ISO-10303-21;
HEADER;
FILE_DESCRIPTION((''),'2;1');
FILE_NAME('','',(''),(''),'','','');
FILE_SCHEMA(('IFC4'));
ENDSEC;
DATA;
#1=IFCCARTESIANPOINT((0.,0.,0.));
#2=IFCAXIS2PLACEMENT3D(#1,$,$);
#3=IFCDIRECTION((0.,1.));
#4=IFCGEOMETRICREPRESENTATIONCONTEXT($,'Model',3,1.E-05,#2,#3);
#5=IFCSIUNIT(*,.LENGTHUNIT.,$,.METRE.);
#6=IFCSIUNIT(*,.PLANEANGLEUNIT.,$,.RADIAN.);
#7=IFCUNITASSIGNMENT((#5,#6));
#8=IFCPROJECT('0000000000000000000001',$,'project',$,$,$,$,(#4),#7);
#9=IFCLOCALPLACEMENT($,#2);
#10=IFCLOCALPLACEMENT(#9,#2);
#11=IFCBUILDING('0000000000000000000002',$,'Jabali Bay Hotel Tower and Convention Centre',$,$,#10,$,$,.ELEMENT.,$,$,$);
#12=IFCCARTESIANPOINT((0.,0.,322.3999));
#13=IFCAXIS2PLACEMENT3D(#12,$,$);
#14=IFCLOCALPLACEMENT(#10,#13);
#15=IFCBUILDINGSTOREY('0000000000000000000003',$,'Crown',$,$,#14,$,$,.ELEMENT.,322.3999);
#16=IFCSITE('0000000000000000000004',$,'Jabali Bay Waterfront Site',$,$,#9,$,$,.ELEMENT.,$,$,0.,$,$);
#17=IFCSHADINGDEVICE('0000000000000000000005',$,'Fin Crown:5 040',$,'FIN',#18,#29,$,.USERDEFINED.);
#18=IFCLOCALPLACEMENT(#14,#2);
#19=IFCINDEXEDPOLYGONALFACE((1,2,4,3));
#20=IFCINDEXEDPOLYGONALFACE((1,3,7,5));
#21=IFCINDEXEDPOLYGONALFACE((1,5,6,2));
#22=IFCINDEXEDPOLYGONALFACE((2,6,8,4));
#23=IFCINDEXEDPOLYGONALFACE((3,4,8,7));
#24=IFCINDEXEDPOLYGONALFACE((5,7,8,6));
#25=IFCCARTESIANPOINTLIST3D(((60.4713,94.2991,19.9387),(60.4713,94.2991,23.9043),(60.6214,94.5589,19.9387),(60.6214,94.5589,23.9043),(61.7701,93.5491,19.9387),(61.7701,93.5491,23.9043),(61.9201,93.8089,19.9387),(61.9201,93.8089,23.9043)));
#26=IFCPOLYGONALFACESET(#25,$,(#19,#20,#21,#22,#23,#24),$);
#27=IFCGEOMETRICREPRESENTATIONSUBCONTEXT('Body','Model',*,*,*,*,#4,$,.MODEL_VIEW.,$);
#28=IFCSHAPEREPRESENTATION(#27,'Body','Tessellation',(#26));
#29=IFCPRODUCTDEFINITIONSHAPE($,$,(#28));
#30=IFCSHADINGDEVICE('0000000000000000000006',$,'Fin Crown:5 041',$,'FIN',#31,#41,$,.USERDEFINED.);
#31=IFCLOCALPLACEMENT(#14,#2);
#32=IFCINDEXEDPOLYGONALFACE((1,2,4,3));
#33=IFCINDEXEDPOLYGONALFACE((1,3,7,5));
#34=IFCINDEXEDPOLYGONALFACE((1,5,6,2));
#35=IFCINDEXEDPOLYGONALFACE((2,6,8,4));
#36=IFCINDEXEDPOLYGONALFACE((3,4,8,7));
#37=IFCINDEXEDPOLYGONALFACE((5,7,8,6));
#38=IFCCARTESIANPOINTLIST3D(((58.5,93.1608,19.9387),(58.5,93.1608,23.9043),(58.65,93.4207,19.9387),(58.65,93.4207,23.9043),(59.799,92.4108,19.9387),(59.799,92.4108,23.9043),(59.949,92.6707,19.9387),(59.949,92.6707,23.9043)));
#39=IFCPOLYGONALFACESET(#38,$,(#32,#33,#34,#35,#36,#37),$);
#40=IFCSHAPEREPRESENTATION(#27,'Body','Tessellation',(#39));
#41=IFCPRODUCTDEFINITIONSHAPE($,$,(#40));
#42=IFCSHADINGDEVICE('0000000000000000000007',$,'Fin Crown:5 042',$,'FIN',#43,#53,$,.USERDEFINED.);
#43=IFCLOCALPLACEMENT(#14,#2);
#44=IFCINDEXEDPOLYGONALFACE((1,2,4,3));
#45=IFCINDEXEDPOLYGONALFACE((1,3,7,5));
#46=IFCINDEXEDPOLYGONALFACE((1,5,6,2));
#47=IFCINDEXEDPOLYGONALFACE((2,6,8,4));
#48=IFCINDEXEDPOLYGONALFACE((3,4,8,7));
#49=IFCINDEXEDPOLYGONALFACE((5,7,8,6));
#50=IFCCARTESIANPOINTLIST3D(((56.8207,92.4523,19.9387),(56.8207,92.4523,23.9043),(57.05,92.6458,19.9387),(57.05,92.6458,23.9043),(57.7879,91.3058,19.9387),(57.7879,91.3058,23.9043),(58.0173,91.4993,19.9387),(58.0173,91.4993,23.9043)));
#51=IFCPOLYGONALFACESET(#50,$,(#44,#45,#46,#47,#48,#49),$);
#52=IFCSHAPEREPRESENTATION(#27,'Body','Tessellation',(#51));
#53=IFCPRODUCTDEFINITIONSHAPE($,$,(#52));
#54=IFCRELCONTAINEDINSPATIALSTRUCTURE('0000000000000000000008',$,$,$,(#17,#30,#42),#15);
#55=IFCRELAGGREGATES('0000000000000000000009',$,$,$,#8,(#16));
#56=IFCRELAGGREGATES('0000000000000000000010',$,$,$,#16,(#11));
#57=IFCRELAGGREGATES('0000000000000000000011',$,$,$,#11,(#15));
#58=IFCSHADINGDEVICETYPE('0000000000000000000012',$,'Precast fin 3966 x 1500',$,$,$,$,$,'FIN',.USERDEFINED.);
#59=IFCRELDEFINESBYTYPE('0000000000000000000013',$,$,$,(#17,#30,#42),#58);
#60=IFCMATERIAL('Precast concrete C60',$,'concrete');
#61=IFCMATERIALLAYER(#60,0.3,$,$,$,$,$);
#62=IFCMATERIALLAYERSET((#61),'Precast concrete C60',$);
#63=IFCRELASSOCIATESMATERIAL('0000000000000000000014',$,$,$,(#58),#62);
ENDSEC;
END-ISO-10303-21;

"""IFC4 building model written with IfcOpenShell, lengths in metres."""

from ifc_helpers import new_model, si_unit, direction, frame, frame_2d, origin, place, context, subcontext, project, spatial, rectangle, extrude, material, layer, layer_set, type_object, element, save


model = new_model("IFC4")

# Units and contexts
model_context = context("Model", 3, precision=1e-05, world=origin(), true_north=direction((0.0, 1.0)))
body_context = subcontext(model_context, "Body", "Model", "MODEL_VIEW")
ifc_project = project(units=[si_unit("LENGTHUNIT", "METRE"), si_unit("PLANEANGLEUNIT", "RADIAN")], contexts=[model_context])

# Site, building, storey
site_placement = place(None, origin())
site = spatial("IfcSite", under=ifc_project, at=site_placement, Name="Jabali Bay Waterfront Site", CompositionType="ELEMENT", RefElevation=0.0)
building_placement = place(site_placement, origin())
building = spatial("IfcBuilding", under=site, at=building_placement, Name="Jabali Bay Hotel Tower and Convention Centre", CompositionType="ELEMENT")
storey_placement = place(building_placement, frame((0.0, 0.0, 322.3999)))
storey = spatial("IfcBuildingStorey", under=building, at=storey_placement, Name="Crown", CompositionType="ELEMENT", Elevation=322.3999)

# Shading devices
ifc_material_1 = material(Name="Precast concrete C60", Category="concrete")
ifc_layer = layer(ifc_material_1, 0.3)
ifc_layer_set = layer_set([ifc_layer], Name="Precast concrete C60")
shading_device_type = type_object("IfcShadingDeviceType", Name="Precast fin 3966 x 1500", ElementType="FIN", PredefinedType="USERDEFINED", material=ifc_layer_set)
shading_device_1_placement = place(storey_placement, frame((61.8452, 93.679, 19.9387), z_axis=(0.0, 0.0, 1.0), x_axis=(-0.86599, 0.500061, 0.0)))
element("IfcShadingDevice", 1, at=shading_device_1_placement, inside=storey, type_object=shading_device_type, Name="Fin Crown:5 040", ObjectType="FIN", PredefinedType="USERDEFINED", context=body_context, shape_type="SweptSolid", body=[
    extrude(rectangle(XDim=1.4998, YDim=0.3, at=frame_2d((0.75, 0.0))), origin(), (0.0, 0.0, 1.0), 3.9656),
])
for number, where, z_axis, x_axis, name in (
    (2, (59.874, 92.5408, 19.9387), (0.0, 0.0, 1.0), (-0.866031, 0.49999, 0.0), "Fin Crown:5 041"),
    (3, (57.9026, 91.4026, 19.9387), (0.0, 0.0, 1.0), (-0.644847, 0.764312, 0.0), "Fin Crown:5 042"),
):
    element("IfcShadingDevice", number, at=place(storey_placement, frame(where, z_axis=z_axis, x_axis=x_axis)), inside=storey, type_object=shading_device_type, Name=name, ObjectType="FIN", PredefinedType="USERDEFINED", context=body_context, shape_type="SweptSolid", body=[
        extrude(rectangle(XDim=1.5, YDim=0.3, at=frame_2d((0.75, 0.0))), origin(), (0.0, 0.0, 1.0), 3.9656),
    ])

save(model, "model.ifc")
